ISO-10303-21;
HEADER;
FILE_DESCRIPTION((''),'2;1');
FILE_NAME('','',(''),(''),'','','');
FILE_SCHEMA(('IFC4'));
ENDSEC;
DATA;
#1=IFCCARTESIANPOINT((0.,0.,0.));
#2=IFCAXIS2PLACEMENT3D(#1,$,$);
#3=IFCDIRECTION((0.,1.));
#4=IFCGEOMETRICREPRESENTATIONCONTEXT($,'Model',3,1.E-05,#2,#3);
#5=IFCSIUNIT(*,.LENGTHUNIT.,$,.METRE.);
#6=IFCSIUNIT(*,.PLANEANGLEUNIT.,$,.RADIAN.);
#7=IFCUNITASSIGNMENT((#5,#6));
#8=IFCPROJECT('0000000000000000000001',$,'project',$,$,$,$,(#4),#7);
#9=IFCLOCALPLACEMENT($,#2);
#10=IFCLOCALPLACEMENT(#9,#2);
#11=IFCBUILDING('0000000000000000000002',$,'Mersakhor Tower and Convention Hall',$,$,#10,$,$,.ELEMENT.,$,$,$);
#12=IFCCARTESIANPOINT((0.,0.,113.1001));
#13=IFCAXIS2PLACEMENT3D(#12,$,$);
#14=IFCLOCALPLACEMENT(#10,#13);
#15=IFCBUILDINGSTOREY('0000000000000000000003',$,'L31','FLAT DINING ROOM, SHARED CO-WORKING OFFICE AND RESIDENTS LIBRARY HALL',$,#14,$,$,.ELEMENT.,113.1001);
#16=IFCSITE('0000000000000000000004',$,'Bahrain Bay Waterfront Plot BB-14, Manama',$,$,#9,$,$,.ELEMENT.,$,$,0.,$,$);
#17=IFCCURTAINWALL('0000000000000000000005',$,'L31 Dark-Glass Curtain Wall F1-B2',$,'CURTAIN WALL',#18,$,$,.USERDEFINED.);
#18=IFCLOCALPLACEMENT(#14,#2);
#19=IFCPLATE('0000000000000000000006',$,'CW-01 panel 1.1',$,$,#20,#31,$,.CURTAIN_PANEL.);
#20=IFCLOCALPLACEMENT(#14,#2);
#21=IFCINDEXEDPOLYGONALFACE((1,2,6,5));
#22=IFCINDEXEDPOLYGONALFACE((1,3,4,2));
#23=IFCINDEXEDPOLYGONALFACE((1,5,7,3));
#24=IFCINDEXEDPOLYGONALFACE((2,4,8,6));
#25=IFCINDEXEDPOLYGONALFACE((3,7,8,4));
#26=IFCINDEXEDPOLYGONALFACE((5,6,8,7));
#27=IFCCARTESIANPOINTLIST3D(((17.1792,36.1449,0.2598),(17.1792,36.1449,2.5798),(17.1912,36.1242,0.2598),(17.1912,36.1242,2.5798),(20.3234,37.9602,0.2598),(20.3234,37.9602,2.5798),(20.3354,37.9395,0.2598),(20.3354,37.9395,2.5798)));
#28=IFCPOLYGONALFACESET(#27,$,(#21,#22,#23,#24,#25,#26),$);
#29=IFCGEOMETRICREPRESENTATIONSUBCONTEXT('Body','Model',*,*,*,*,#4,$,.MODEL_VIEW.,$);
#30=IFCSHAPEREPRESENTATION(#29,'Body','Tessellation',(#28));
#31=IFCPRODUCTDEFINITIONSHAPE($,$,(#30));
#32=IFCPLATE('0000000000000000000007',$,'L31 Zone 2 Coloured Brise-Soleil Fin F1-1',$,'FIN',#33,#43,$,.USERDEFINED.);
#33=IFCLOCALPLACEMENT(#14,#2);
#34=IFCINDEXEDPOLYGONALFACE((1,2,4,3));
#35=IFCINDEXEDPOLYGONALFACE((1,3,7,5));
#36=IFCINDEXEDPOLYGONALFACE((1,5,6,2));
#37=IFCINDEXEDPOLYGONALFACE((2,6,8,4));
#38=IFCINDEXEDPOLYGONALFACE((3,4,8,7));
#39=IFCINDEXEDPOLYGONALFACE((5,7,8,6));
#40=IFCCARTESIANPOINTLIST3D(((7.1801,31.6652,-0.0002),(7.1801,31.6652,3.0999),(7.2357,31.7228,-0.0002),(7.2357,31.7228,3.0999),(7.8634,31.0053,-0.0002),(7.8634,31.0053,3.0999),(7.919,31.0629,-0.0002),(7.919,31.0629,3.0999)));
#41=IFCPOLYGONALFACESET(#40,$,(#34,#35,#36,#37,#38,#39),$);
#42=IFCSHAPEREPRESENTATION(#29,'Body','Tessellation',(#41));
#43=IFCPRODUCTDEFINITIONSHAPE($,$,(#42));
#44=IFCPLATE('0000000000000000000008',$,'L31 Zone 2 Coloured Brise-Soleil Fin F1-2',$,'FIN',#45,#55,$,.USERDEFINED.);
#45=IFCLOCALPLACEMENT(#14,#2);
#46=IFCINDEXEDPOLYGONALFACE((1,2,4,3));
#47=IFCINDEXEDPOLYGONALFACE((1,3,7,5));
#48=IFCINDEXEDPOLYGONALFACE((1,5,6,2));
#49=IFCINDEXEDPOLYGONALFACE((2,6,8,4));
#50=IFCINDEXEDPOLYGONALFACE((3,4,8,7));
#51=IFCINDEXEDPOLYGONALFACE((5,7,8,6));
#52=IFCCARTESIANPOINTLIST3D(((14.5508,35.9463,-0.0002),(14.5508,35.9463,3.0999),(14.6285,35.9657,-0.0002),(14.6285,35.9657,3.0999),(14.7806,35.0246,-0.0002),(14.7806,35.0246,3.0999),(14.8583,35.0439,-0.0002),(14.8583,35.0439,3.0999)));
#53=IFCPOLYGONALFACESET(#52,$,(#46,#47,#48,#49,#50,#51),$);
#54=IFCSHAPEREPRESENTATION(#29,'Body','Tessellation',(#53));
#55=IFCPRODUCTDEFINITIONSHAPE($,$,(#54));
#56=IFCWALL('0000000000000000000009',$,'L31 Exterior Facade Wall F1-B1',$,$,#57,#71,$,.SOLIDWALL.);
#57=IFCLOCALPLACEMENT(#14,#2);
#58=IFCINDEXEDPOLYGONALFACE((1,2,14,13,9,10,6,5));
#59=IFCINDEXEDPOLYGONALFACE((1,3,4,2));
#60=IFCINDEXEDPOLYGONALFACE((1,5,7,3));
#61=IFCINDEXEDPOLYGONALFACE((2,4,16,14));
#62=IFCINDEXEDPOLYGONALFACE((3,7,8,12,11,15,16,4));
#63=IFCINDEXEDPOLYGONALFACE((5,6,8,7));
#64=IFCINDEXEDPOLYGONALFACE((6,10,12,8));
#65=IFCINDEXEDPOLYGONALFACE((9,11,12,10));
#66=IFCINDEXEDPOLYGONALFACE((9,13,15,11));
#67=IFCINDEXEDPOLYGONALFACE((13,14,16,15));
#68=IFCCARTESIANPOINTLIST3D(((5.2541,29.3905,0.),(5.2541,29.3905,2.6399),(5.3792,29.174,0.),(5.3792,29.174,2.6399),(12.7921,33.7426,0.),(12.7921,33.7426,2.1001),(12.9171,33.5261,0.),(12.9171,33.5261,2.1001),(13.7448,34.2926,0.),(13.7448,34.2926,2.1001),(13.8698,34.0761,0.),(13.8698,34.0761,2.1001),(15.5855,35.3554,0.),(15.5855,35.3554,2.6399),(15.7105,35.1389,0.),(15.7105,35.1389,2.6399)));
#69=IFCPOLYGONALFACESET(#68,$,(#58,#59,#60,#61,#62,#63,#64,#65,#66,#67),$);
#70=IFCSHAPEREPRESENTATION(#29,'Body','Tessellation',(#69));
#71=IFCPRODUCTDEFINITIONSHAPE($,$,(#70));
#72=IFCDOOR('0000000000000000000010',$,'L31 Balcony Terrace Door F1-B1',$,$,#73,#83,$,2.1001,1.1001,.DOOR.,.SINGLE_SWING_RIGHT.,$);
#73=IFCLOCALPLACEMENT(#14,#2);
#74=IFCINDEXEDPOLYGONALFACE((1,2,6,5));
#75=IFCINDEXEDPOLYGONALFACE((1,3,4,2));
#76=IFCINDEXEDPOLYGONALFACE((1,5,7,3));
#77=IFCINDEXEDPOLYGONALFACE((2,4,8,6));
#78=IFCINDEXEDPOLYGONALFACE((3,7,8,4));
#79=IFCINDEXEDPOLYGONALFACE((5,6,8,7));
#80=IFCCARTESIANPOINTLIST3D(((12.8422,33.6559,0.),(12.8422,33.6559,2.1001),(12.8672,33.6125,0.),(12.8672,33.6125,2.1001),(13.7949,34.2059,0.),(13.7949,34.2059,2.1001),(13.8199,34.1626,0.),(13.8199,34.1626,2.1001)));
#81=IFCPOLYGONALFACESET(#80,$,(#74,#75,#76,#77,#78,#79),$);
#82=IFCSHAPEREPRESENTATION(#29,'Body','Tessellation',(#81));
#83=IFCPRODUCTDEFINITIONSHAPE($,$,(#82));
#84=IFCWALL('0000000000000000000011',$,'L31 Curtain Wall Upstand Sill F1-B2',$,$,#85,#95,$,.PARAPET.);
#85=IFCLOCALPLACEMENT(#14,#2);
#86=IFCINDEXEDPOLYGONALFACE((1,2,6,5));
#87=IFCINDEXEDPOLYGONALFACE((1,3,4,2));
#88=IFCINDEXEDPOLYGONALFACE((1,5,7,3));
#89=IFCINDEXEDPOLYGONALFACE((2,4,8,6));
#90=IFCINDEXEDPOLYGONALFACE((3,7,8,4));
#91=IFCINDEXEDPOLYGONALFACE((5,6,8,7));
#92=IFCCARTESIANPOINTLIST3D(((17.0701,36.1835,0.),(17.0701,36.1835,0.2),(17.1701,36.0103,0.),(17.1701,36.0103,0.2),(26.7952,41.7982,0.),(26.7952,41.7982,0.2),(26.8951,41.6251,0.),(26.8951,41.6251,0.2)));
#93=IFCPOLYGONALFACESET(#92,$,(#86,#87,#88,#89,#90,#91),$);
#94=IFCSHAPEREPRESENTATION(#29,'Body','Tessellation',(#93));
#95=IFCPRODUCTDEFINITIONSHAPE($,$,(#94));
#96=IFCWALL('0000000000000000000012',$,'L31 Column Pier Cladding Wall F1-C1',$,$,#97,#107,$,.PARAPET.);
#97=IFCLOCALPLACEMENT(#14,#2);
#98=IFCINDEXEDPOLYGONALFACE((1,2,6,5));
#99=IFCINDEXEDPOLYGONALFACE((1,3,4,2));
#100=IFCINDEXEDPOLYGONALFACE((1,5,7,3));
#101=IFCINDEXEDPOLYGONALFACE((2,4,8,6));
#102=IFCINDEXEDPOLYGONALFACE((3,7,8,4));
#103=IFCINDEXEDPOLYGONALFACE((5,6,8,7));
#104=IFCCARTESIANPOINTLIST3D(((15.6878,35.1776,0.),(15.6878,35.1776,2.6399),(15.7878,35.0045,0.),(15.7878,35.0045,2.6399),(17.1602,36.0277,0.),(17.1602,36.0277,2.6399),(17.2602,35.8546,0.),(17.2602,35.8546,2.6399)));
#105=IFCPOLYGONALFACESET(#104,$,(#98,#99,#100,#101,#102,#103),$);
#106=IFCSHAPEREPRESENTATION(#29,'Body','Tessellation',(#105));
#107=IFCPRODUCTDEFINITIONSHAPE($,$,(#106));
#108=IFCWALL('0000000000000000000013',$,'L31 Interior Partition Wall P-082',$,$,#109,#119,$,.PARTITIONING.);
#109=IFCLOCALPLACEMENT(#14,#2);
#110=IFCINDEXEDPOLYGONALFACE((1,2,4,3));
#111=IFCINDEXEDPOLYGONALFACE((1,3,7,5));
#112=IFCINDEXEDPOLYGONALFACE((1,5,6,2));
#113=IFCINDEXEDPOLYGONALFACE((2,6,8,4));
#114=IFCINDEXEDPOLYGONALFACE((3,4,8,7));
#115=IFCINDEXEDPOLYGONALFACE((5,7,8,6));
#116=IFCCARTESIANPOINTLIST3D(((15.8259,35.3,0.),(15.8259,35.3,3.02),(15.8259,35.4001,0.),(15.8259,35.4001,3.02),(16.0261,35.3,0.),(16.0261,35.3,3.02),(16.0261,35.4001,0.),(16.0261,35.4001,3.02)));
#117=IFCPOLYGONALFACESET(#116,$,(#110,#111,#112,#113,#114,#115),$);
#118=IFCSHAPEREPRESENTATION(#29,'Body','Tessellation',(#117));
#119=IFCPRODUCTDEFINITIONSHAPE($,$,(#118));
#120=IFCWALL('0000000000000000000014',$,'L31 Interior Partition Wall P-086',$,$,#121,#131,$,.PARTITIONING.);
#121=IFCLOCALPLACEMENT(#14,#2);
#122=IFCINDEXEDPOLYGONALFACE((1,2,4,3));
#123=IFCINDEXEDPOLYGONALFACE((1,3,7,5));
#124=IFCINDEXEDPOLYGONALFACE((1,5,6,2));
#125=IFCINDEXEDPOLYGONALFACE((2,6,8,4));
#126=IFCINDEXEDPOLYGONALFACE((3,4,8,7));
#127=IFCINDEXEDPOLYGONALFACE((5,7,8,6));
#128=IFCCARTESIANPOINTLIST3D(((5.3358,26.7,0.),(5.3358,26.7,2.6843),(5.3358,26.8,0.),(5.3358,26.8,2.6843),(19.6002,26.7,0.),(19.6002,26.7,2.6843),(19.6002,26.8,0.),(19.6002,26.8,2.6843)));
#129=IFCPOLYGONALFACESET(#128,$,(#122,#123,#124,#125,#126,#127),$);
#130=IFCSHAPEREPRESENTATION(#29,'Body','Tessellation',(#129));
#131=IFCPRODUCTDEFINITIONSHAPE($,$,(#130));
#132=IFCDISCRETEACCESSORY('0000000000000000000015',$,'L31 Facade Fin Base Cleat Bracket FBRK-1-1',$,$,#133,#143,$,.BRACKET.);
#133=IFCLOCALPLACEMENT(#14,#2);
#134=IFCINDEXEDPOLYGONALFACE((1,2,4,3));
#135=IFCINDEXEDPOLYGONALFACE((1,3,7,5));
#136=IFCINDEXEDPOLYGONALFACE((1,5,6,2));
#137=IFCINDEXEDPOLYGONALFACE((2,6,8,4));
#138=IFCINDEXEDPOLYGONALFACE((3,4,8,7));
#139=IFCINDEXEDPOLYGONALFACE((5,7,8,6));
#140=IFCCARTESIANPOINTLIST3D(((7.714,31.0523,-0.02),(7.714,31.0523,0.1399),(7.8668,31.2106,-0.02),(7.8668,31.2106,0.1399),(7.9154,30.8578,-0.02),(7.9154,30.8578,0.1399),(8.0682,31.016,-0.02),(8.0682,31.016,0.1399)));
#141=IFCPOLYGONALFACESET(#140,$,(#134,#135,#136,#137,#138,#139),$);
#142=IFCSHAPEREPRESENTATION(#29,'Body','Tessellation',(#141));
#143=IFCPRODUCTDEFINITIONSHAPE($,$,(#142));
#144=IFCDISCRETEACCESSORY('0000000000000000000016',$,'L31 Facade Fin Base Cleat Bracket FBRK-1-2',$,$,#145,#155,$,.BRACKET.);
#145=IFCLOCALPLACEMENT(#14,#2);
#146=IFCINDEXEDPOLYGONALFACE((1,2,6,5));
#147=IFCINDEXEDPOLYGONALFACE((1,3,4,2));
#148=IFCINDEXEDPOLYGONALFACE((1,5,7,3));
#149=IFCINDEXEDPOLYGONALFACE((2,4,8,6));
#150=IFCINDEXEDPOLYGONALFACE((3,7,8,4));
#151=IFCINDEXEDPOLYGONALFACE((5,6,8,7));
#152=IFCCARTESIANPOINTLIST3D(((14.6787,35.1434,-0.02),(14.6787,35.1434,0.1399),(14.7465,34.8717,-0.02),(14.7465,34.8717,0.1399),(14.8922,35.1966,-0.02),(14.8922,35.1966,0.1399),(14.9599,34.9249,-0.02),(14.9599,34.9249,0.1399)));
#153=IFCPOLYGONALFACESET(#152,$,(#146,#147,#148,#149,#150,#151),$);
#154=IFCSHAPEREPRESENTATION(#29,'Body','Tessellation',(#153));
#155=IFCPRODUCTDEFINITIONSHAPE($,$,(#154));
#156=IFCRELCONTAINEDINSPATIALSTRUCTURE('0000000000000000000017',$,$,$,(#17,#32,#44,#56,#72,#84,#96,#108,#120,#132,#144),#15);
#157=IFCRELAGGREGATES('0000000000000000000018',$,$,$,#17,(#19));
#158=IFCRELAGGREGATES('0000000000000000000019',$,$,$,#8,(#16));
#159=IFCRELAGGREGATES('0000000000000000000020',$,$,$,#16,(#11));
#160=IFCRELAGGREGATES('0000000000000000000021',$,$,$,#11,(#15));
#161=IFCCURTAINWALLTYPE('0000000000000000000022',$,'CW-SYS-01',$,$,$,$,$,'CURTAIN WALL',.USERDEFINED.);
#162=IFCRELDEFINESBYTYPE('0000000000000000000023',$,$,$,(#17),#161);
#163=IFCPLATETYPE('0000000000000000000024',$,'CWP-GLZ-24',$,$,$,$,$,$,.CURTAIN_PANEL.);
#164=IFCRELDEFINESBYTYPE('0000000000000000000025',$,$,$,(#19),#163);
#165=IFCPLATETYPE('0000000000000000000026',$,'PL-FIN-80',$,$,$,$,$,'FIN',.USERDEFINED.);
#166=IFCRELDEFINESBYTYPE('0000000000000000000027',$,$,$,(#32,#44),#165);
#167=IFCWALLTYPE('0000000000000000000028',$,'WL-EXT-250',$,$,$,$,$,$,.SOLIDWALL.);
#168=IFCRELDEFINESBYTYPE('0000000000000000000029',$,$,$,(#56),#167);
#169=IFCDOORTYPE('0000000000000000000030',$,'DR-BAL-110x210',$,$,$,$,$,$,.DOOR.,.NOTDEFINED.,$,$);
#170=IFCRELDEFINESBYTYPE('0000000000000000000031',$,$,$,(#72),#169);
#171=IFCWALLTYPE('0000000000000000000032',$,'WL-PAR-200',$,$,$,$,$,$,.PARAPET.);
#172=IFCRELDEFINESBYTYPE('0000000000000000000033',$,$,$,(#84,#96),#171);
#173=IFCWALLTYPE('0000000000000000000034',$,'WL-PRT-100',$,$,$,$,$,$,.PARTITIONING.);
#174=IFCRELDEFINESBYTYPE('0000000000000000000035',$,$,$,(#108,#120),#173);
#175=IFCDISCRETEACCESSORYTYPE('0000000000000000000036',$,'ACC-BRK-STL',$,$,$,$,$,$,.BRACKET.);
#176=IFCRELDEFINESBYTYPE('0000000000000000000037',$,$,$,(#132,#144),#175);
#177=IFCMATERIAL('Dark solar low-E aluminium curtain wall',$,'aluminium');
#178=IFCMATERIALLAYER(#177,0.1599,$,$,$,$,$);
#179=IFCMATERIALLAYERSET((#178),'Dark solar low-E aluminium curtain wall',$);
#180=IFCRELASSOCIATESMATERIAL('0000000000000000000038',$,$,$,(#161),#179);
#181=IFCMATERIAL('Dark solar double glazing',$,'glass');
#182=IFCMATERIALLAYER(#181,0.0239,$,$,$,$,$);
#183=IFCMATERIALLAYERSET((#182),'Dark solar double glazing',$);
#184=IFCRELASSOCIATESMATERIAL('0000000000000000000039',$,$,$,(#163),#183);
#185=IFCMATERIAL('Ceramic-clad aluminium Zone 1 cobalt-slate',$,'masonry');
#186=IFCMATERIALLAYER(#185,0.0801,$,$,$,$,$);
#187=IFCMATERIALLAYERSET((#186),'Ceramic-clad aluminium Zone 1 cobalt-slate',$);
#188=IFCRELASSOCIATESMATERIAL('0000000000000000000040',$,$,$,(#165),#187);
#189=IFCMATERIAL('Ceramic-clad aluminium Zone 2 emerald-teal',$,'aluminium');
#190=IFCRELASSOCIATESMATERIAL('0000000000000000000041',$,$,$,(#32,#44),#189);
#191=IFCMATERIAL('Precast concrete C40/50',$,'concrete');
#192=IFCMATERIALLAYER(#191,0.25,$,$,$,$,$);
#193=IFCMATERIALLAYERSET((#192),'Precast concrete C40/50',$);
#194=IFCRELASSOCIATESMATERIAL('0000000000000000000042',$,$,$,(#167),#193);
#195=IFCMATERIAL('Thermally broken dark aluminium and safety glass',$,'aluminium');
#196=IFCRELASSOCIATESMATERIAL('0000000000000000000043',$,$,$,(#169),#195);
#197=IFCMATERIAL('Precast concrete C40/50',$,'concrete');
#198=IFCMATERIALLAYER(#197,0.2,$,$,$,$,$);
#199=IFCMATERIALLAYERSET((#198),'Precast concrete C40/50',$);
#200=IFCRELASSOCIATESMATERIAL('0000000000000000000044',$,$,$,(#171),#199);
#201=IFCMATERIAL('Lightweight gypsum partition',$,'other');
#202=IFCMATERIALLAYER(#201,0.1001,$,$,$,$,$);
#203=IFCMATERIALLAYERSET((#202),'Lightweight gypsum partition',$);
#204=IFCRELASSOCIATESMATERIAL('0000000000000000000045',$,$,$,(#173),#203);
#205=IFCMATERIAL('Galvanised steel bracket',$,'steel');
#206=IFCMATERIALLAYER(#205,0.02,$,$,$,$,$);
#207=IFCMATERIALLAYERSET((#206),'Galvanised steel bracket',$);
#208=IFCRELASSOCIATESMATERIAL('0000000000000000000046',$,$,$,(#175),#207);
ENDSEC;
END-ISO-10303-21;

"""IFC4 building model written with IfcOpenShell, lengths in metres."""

from ifc_helpers import new_model, si_unit, direction, frame, frame_2d, origin, origin_2d, place, context, subcontext, project, spatial, rectangle, extrude, material, layer, layer_set, type_object, element, fill, aggregate, save


model = new_model("IFC4")

# Units and contexts
model_context = context("Model", 3, precision=1e-05, world=origin(), true_north=direction((0.0, 1.0)))
body_context = subcontext(model_context, "Body", "Model", "MODEL_VIEW")
ifc_project = project(units=[si_unit("LENGTHUNIT", "METRE"), si_unit("PLANEANGLEUNIT", "RADIAN")], contexts=[model_context])

# Site, building, storey
site_placement = place(None, origin())
site = spatial("IfcSite", under=ifc_project, at=site_placement, Name="Bahrain Bay Waterfront Plot BB-14, Manama", CompositionType="ELEMENT", RefElevation=0.0)
building_placement = place(site_placement, origin())
building = spatial("IfcBuilding", under=site, at=building_placement, Name="Mersakhor Tower and Convention Hall", CompositionType="ELEMENT")
storey_placement = place(building_placement, frame((0.0, 0.0, 113.1001)))
storey = spatial("IfcBuildingStorey", under=building, at=storey_placement, Name="L31", Description="FLAT DINING ROOM, SHARED CO-WORKING OFFICE AND RESIDENTS LIBRARY HALL", CompositionType="ELEMENT", Elevation=113.1001)

# Curtain wall
ifc_material_1 = material(Name="Dark solar low-E aluminium curtain wall", Category="aluminium")
ifc_layer_1 = layer(ifc_material_1, 0.1599)
ifc_layer_set_1 = layer_set([ifc_layer_1], Name="Dark solar low-E aluminium curtain wall")
curtain_wall_type = type_object("IfcCurtainWallType", Name="CW-SYS-01", ElementType="CURTAIN WALL", PredefinedType="USERDEFINED", material=ifc_layer_set_1)
curtain_wall_placement = place(storey_placement, origin())
curtain_wall = element("IfcCurtainWall", 1, at=curtain_wall_placement, inside=storey, type_object=curtain_wall_type, Name="L31 Dark-Glass Curtain Wall F1-B2", ObjectType="CURTAIN WALL", PredefinedType="USERDEFINED")

# Plate
ifc_material_2 = material(Name="Dark solar double glazing", Category="glass")
ifc_layer_2 = layer(ifc_material_2, 0.0239)
ifc_layer_set_2 = layer_set([ifc_layer_2], Name="Dark solar double glazing")
plate_type_1 = type_object("IfcPlateType", Name="CWP-GLZ-24", PredefinedType="CURTAIN_PANEL", material=ifc_layer_set_2)
plate_placement = place(storey_placement, frame((18.7573, 37.0422, 0.2598), z_axis=(0.0, 0.0, 1.0), x_axis=(0.866027, 0.499998, 0.0)))
plate = element("IfcPlate", 2, at=plate_placement, type_object=plate_type_1, Name="CW-01 panel 1.1", PredefinedType="CURTAIN_PANEL", context=body_context, shape_type="SweptSolid", body=[
    extrude(rectangle(XDim=3.6306, YDim=0.0239, at=origin_2d()), origin(), (0.0, 0.0, 1.0), 2.3201),
])
aggregate(curtain_wall, [plate])

# Plates
ifc_material_3 = material(Name="Ceramic-clad aluminium Zone 2 emerald-teal", Category="aluminium")
ifc_material_4 = material(Name="Ceramic-clad aluminium Zone 1 cobalt-slate", Category="masonry")
ifc_layer_3 = layer(ifc_material_4, 0.0801)
ifc_layer_set_3 = layer_set([ifc_layer_3], Name="Ceramic-clad aluminium Zone 1 cobalt-slate")
plate_type_2 = type_object("IfcPlateType", Name="PL-FIN-80", ElementType="FIN", PredefinedType="USERDEFINED", material=ifc_layer_set_3)
for number, where, z_axis, x_axis, name in (
    (3, (7.5496, 31.364, -0.0002), (0.0, 0.0, 1.0), (-0.71934, 0.694658, 0.0), "L31 Zone 2 Coloured Brise-Soleil Fin F1-1"),
    (4, (14.7046, 35.4951, -0.0002), (0.0, 0.0, 1.0), (-0.241922, 0.970296, 0.0), "L31 Zone 2 Coloured Brise-Soleil Fin F1-2"),
):
    element("IfcPlate", number, at=place(storey_placement, frame(where, z_axis=z_axis, x_axis=x_axis)), inside=storey, type_object=plate_type_2, material=ifc_material_3, Name=name, ObjectType="FIN", PredefinedType="USERDEFINED", context=body_context, shape_type="SweptSolid", body=[
        extrude(rectangle(XDim=0.95, YDim=0.0801, at=origin_2d()), origin(), (0.0, 0.0, 1.0), 3.1001),
    ])

# Wall, opening, door
ifc_material_5 = material(Name="Precast concrete C40/50", Category="concrete")
ifc_layer_4 = layer(ifc_material_5, 0.25)
ifc_layer_set_4 = layer_set([ifc_layer_4], Name="Precast concrete C40/50")
wall_type_1 = type_object("IfcWallType", Name="WL-EXT-250", PredefinedType="SOLIDWALL", material=ifc_layer_set_4)
wall_1_placement = place(storey_placement, frame((5.3167, 29.2822, 0.0), z_axis=(0.0, 0.0, 1.0), x_axis=(0.866023, 0.500004, 0.0)))
wall_1 = element("IfcWall", 5, at=wall_1_placement, inside=storey, type_object=wall_type_1, Name="L31 Exterior Facade Wall F1-B1", PredefinedType="SOLIDWALL", context=body_context, shape_type="SweptSolid", body=[
    extrude(rectangle(XDim=11.9297, YDim=0.25, at=frame_2d((5.9648, 0.0))), origin(), (0.0, 0.0, 1.0), 2.6399),
])
opening_placement = place(wall_1_placement, frame((8.7041, 0.0, 0.0)))
opening = element("IfcOpeningElement", 6, at=opening_placement, cuts=wall_1, PredefinedType="OPENING", context=body_context, shape_type="SweptSolid", body=[
    extrude(rectangle(XDim=1.1001, YDim=2.1001, at=frame_2d((0.55, 1.05))), frame((0.0, 0.135, 0.0), z_axis=(0.0, -1.0, 0.0), x_axis=(1.0, 0.0, 0.0)), (0.0, 0.0, 1.0), 0.27),
])
ifc_material_6 = material(Name="Thermally broken dark aluminium and safety glass", Category="aluminium")
door_type = type_object("IfcDoorType", Name="DR-BAL-110x210", OperationType="NOTDEFINED", PredefinedType="DOOR", material=ifc_material_6)
door_placement = place(opening_placement, origin())
door = element("IfcDoor", 7, at=door_placement, inside=storey, type_object=door_type, Name="L31 Balcony Terrace Door F1-B1", OperationType="SINGLE_SWING_RIGHT", OverallHeight=2.1001, OverallWidth=1.1001, PredefinedType="DOOR", context=body_context, shape_type="SweptSolid", body=[
    extrude(rectangle(XDim=1.1001, YDim=2.1001, at=frame_2d((0.55, 1.05))), frame((0.0, 0.0249, 0.0), z_axis=(0.0, -1.0, 0.0), x_axis=(1.0, 0.0, 0.0)), (0.0, 0.0, 1.0), 0.05),
])
fill(opening, door)

# Walls
ifc_material_7 = material(Name="Precast concrete C40/50", Category="concrete")
ifc_layer_5 = layer(ifc_material_7, 0.2)
ifc_layer_set_5 = layer_set([ifc_layer_5], Name="Precast concrete C40/50")
wall_type_2 = type_object("IfcWallType", Name="WL-PAR-200", PredefinedType="PARAPET", material=ifc_layer_set_5)
wall_2_placement = place(storey_placement, frame((17.1201, 36.0969, 0.0), z_axis=(0.0, 0.0, 1.0), x_axis=(0.866027, 0.499997, 0.0)))
element("IfcWall", 8, at=wall_2_placement, inside=storey, type_object=wall_type_2, Name="L31 Curtain Wall Upstand Sill F1-B2", PredefinedType="PARAPET", context=body_context, shape_type="SweptSolid", body=[
    extrude(rectangle(XDim=11.2295, YDim=0.2, at=frame_2d((5.6147, 0.0))), origin(), (0.0, 0.0, 1.0), 0.2),
])
wall_3_placement = place(storey_placement, frame((15.7378, 35.0911, 0.0), z_axis=(0.0, 0.0, 1.0), x_axis=(0.866025, 0.5, 0.0)))
element("IfcWall", 9, at=wall_3_placement, inside=storey, type_object=wall_type_2, Name="L31 Column Pier Cladding Wall F1-C1", PredefinedType="PARAPET", context=body_context, shape_type="SweptSolid", body=[
    extrude(rectangle(XDim=1.7002, YDim=0.2, at=frame_2d((0.8501, 0.0))), origin(), (0.0, 0.0, 1.0), 2.6399),
])
ifc_material_8 = material(Name="Lightweight gypsum partition", Category="other")
ifc_layer_6 = layer(ifc_material_8, 0.1001)
ifc_layer_set_6 = layer_set([ifc_layer_6], Name="Lightweight gypsum partition")
wall_type_3 = type_object("IfcWallType", Name="WL-PRT-100", PredefinedType="PARTITIONING", material=ifc_layer_set_6)
wall_4_placement = place(storey_placement, frame((16.0261, 35.3501, 0.0), z_axis=(0.0, 0.0, 1.0), x_axis=(-1.0, 0.0, 0.0)))
element("IfcWall", 10, at=wall_4_placement, inside=storey, type_object=wall_type_3, Name="L31 Interior Partition Wall P-082", PredefinedType="PARTITIONING", context=body_context, shape_type="SweptSolid", body=[
    extrude(rectangle(XDim=0.2002, YDim=0.1001, at=frame_2d((0.1001, 0.0))), origin(), (0.0, 0.0, 1.0), 3.02),
])
wall_5_placement = place(storey_placement, frame((5.3357, 26.75, 0.0), z_axis=(0.0, 0.0, 1.0), x_axis=(1.0, 0.0, 0.0)))
element("IfcWall", 11, at=wall_5_placement, inside=storey, type_object=wall_type_3, Name="L31 Interior Partition Wall P-086", PredefinedType="PARTITIONING", context=body_context, shape_type="SweptSolid", body=[
    extrude(rectangle(XDim=14.2644, YDim=0.1001, at=frame_2d((7.1323, 0.0))), origin(), (0.0, 0.0, 1.0), 2.6843),
])

# Discrete accessories
ifc_material_9 = material(Name="Galvanised steel bracket", Category="steel")
ifc_layer_7 = layer(ifc_material_9, 0.02)
ifc_layer_set_7 = layer_set([ifc_layer_7], Name="Galvanised steel bracket")
discrete_accessory_type = type_object("IfcDiscreteAccessoryType", Name="ACC-BRK-STL", PredefinedType="BRACKET", material=ifc_layer_set_7)
for number, where, z_axis, x_axis, name in (
    (12, (7.8911, 31.0342, -0.02), (0.0, 0.0, 1.0), (-0.71934, 0.694658, 0.0), "L31 Facade Fin Base Cleat Bracket FBRK-1-1"),
    (13, (14.8193, 35.0342, -0.02), (0.0, 0.0, 1.0), (-0.241922, 0.970296, 0.0), "L31 Facade Fin Base Cleat Bracket FBRK-1-2"),
):
    element("IfcDiscreteAccessory", number, at=place(storey_placement, frame(where, z_axis=z_axis, x_axis=x_axis)), inside=storey, type_object=discrete_accessory_type, Name=name, PredefinedType="BRACKET", context=body_context, shape_type="SweptSolid", body=[
        extrude(rectangle(XDim=0.28, YDim=0.22, at=origin_2d()), origin(), (0.0, 0.0, 1.0), 0.1599),
    ])

save(model, "model.ifc")
